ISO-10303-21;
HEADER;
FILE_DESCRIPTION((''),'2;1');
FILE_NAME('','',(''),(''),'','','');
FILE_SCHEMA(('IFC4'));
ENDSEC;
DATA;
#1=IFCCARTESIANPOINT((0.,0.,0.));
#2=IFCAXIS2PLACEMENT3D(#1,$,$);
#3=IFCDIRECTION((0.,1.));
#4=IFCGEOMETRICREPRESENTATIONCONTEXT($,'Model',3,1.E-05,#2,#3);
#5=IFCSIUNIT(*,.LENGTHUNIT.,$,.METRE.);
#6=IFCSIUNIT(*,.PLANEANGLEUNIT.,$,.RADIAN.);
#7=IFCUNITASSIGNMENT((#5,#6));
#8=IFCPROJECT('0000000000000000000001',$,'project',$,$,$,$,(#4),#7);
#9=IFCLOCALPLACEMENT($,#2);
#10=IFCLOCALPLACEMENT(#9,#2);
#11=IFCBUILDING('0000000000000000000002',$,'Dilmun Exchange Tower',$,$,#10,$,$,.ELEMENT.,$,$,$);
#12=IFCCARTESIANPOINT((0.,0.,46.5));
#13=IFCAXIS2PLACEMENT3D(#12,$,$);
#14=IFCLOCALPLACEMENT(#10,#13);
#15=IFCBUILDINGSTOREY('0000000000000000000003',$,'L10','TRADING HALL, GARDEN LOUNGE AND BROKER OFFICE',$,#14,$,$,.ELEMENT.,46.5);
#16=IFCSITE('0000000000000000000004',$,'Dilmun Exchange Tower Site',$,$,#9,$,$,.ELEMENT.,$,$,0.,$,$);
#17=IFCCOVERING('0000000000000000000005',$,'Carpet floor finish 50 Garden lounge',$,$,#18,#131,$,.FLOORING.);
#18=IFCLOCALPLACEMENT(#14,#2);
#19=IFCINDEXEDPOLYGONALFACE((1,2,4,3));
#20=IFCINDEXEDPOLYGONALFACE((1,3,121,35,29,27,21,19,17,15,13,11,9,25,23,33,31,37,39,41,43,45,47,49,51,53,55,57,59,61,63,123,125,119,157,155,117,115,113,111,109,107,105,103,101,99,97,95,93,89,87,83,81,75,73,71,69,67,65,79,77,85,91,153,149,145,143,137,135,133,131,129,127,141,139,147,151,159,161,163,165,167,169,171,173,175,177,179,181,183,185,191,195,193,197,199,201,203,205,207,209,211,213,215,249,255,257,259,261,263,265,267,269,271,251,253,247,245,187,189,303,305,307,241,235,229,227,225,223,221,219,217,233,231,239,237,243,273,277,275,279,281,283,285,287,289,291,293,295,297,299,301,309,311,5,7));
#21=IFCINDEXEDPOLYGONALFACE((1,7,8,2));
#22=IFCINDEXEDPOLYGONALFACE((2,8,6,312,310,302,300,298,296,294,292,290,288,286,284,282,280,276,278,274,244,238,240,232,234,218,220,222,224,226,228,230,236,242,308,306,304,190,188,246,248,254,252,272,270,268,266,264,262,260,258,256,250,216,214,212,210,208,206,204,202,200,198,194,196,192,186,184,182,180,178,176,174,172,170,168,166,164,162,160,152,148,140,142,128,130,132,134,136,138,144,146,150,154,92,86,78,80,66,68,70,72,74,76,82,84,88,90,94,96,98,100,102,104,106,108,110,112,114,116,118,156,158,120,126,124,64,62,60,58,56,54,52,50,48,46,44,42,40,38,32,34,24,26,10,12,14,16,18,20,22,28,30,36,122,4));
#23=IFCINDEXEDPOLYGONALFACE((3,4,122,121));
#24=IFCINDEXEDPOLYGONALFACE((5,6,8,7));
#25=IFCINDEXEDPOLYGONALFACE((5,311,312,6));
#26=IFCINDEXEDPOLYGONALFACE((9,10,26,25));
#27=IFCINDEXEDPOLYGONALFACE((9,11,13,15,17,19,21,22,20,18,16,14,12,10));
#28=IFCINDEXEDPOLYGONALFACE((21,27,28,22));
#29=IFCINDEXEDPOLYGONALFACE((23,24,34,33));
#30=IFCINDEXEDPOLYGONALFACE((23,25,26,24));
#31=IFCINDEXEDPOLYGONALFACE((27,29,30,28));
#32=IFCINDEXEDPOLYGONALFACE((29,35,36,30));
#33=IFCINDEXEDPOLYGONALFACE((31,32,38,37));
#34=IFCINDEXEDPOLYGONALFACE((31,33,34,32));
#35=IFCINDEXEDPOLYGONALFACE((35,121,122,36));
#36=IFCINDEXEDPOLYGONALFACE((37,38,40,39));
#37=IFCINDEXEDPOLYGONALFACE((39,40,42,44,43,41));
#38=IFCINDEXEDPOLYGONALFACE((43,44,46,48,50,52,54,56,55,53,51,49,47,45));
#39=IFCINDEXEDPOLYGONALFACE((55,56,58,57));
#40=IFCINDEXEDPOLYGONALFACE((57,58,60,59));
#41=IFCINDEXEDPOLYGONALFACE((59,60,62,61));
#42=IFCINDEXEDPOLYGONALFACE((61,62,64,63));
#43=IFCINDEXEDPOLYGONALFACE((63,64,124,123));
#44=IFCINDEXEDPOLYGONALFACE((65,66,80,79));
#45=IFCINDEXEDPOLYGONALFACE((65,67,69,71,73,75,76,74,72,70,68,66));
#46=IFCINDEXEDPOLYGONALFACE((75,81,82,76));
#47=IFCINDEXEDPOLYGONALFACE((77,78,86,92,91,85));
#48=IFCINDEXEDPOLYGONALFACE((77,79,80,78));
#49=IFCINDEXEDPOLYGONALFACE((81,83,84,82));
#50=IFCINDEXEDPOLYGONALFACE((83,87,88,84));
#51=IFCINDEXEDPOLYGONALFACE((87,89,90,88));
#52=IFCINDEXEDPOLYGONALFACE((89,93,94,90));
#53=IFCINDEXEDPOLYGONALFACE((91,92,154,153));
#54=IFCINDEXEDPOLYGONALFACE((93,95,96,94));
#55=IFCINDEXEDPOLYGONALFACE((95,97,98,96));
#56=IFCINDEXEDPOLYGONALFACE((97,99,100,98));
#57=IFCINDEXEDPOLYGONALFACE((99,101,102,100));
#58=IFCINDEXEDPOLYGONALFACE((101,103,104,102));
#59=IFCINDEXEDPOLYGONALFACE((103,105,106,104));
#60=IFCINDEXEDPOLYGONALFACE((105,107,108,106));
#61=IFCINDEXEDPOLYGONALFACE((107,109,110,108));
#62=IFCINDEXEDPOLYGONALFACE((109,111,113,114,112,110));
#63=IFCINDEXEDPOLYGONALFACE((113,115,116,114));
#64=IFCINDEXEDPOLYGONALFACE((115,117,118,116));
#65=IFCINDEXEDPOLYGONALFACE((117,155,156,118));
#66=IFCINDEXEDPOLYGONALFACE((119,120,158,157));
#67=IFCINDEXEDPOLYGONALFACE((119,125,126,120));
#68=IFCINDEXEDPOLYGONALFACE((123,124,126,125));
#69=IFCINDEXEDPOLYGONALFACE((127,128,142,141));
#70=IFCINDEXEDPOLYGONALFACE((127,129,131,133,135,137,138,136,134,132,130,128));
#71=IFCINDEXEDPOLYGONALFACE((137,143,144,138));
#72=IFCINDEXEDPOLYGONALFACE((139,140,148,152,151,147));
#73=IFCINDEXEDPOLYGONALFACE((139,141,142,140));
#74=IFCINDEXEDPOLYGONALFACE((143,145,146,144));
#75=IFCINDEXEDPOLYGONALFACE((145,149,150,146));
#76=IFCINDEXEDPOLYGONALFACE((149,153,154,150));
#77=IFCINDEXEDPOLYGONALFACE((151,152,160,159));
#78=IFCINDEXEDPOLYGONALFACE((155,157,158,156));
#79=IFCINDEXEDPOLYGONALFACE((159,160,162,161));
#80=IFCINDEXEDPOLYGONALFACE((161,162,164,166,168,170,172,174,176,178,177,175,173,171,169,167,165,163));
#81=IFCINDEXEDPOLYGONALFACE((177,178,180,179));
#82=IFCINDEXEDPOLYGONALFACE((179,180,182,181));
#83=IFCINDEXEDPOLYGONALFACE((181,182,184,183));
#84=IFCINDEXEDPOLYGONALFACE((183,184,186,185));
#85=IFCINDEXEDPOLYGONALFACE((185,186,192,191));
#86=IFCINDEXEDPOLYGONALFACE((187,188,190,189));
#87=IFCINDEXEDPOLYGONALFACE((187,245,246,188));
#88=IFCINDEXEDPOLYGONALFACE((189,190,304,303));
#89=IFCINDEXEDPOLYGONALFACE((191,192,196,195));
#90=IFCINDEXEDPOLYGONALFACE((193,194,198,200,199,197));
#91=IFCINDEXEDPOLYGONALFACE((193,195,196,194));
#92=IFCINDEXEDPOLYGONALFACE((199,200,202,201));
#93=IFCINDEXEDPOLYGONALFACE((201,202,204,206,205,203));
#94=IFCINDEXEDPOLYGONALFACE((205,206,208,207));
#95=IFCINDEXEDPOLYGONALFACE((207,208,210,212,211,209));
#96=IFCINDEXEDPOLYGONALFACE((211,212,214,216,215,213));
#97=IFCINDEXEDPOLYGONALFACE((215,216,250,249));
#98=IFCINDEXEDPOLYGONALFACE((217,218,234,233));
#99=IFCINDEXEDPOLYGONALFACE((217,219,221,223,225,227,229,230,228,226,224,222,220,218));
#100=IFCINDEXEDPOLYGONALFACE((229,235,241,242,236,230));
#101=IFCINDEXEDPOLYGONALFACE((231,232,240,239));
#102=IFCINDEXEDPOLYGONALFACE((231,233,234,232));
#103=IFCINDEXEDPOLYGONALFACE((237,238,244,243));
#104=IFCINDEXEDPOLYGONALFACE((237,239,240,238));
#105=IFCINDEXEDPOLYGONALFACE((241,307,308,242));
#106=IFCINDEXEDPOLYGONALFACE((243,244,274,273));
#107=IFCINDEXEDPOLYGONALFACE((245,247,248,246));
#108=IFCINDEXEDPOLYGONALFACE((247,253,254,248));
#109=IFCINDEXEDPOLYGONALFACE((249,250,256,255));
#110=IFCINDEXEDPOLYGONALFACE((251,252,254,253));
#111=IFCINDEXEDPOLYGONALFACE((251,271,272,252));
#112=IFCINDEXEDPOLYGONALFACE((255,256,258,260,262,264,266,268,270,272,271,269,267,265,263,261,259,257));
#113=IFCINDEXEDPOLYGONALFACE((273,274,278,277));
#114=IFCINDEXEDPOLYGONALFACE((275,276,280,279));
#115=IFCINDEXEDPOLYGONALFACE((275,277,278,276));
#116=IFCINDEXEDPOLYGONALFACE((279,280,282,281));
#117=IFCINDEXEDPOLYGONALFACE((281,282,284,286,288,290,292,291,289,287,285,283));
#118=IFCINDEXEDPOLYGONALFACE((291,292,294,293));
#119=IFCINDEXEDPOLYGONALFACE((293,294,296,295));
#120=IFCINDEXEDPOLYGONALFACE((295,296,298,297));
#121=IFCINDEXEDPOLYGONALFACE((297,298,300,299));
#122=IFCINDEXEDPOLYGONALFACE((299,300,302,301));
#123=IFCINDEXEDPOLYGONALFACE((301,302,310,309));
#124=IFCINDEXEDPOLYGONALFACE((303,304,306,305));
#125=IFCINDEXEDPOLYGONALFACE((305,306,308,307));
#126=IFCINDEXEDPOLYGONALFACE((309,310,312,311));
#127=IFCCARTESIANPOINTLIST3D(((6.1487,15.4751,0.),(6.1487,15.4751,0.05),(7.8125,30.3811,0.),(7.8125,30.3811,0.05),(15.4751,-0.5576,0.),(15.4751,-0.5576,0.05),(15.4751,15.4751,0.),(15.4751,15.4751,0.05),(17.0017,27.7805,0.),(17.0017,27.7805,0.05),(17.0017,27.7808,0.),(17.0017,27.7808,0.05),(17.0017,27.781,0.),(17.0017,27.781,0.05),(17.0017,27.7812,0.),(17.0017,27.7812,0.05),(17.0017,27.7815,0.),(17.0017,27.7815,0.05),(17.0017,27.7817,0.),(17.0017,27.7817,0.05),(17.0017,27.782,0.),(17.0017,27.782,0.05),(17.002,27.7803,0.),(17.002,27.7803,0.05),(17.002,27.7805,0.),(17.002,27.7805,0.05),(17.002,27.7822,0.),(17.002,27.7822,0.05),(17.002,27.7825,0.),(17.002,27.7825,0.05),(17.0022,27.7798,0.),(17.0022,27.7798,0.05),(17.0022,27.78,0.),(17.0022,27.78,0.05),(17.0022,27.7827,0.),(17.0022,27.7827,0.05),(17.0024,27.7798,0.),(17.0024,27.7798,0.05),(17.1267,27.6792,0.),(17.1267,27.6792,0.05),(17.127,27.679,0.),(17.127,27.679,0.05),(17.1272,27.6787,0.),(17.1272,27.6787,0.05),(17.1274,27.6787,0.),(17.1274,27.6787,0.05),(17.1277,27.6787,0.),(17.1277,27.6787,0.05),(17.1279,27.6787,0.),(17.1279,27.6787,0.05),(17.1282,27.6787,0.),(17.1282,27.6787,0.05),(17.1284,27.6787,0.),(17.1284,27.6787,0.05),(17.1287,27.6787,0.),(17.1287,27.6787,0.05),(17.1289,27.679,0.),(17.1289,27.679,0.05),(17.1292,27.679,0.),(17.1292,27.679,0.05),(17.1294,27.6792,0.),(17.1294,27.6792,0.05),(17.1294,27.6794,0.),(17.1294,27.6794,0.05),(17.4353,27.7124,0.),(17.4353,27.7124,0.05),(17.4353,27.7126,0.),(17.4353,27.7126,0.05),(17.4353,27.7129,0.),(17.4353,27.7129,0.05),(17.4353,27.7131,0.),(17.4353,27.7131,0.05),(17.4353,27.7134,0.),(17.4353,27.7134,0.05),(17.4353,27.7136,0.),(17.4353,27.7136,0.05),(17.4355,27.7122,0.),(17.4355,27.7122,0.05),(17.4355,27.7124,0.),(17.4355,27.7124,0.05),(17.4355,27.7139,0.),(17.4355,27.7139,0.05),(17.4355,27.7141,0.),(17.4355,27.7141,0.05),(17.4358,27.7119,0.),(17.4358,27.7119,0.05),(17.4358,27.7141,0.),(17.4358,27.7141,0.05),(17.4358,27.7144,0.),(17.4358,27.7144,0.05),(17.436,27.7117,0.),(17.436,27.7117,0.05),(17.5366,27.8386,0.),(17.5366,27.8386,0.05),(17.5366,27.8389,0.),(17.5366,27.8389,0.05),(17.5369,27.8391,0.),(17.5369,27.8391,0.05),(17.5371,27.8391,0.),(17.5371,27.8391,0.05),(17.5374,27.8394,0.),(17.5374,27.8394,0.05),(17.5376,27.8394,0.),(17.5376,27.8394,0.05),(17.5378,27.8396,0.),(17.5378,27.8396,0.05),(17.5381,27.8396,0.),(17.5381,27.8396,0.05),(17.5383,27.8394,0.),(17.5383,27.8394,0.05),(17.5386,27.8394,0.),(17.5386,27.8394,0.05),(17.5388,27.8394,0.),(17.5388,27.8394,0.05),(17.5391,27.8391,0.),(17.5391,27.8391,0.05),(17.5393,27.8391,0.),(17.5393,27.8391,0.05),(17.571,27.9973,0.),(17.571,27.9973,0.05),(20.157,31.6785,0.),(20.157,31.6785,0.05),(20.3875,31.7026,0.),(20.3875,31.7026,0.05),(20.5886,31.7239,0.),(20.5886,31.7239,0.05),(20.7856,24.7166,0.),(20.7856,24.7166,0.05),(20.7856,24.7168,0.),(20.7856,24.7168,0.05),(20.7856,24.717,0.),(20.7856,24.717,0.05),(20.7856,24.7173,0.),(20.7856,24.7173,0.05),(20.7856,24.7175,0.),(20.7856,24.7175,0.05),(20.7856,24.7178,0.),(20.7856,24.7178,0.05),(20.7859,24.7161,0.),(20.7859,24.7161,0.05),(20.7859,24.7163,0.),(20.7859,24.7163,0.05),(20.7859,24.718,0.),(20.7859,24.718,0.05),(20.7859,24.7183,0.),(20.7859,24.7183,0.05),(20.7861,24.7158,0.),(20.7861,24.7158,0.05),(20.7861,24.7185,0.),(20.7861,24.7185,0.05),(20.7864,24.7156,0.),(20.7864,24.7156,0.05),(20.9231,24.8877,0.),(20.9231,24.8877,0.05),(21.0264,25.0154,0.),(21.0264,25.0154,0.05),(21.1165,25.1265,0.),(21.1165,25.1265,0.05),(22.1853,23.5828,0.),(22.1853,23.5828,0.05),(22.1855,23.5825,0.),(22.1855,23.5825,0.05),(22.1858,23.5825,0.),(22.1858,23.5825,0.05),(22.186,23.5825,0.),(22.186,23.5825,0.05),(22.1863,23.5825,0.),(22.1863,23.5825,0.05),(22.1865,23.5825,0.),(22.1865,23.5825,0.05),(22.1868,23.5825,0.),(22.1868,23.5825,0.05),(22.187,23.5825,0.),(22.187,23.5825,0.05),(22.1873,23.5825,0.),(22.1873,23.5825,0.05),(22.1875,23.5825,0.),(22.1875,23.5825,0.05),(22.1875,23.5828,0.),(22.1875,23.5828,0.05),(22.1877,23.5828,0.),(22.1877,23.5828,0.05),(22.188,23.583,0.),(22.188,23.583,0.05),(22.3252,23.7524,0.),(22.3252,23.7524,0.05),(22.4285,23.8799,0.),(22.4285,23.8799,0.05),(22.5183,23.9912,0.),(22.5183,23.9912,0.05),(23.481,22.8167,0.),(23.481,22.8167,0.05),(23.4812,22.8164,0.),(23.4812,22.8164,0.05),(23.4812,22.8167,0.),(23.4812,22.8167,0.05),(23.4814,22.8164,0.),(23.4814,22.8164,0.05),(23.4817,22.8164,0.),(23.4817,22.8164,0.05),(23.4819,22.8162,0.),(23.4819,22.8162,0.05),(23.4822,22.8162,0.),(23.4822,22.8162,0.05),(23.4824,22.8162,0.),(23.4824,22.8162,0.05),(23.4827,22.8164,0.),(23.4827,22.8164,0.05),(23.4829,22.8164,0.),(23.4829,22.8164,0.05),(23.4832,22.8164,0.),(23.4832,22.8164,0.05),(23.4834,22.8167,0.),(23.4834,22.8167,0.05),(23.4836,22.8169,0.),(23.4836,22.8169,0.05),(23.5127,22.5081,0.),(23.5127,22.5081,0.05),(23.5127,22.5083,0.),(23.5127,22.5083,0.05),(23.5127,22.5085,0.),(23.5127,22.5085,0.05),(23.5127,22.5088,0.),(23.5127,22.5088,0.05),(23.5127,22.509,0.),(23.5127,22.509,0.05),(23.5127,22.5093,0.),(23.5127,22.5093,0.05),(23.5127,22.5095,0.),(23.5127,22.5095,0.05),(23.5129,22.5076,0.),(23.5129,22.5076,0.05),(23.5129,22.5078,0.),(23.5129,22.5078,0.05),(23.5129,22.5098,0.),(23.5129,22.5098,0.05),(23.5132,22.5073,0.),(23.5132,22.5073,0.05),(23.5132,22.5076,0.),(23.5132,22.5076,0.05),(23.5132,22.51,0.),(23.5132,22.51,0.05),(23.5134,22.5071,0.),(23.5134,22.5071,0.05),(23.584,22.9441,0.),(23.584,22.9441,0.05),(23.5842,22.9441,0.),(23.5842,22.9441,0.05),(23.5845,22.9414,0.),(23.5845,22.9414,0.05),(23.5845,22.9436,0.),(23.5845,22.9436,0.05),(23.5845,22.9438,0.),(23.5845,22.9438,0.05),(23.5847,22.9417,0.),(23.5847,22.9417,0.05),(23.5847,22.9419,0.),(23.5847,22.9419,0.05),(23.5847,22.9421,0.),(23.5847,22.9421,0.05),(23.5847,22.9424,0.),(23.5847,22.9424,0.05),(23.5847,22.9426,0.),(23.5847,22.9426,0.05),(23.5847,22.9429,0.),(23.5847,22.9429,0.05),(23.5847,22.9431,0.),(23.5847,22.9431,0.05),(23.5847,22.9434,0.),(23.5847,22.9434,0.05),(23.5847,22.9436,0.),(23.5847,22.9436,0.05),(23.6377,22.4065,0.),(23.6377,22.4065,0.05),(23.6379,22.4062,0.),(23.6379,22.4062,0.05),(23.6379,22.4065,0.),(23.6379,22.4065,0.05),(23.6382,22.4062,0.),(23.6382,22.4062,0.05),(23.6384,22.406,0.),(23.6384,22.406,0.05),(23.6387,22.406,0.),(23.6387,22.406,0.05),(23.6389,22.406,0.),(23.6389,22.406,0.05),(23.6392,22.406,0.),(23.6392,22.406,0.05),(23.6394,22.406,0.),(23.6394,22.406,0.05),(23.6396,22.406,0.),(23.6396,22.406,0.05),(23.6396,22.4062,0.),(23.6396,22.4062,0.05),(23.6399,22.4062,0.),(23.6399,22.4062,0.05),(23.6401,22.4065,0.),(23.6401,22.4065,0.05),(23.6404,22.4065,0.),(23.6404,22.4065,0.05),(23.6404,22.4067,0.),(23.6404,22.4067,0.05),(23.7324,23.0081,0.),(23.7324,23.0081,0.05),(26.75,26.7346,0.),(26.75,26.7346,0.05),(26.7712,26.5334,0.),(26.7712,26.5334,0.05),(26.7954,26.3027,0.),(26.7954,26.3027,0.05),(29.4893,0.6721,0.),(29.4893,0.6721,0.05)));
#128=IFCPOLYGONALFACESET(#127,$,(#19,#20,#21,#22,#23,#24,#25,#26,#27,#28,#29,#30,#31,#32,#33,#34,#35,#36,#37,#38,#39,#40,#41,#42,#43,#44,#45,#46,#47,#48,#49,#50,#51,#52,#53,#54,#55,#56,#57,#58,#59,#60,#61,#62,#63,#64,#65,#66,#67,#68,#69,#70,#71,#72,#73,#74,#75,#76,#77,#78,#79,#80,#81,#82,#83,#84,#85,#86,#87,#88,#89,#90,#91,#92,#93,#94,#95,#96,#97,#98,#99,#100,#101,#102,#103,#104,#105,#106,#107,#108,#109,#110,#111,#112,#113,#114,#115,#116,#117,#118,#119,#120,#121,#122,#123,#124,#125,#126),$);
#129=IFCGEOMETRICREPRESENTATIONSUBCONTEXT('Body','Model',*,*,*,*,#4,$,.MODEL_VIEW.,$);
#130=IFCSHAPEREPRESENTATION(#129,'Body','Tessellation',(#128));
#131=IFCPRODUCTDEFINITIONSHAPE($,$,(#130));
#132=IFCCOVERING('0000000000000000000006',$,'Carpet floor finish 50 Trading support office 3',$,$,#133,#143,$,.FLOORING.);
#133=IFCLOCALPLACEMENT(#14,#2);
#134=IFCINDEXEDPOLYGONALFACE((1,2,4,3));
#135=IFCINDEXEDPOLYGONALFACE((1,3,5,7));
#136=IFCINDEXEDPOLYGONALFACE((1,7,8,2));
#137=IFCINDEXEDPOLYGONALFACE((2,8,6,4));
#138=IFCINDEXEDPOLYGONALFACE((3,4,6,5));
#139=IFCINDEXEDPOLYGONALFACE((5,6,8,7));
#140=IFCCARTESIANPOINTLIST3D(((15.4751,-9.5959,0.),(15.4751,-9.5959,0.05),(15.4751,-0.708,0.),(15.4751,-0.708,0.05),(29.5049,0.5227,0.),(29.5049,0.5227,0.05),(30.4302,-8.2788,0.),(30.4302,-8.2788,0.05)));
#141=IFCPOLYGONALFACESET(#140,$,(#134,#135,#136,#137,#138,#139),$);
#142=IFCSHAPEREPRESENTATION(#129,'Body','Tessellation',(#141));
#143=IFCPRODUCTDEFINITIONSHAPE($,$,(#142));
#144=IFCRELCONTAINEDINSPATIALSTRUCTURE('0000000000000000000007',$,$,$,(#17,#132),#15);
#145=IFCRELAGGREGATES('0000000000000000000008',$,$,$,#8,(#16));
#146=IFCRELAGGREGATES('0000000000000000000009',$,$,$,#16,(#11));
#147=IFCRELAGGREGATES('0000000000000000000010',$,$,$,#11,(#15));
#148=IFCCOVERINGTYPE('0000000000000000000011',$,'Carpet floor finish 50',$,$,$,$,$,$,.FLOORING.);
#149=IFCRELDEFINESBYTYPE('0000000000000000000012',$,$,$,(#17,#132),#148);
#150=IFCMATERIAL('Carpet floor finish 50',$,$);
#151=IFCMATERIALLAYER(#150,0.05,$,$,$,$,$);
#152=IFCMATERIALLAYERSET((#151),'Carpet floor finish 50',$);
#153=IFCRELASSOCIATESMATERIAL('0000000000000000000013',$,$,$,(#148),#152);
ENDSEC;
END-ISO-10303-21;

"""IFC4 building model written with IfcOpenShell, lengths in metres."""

from ifc_helpers import new_model, si_unit, direction, frame, origin, place, context, subcontext, project, spatial, polyline, outline, extrude, material, layer, layer_set, type_object, element, save


model = new_model("IFC4")

# Units and contexts
model_context = context("Model", 3, precision=1e-05, world=origin(), true_north=direction((0.0, 1.0)))
body_context = subcontext(model_context, "Body", "Model", "MODEL_VIEW")
ifc_project = project(units=[si_unit("LENGTHUNIT", "METRE"), si_unit("PLANEANGLEUNIT", "RADIAN")], contexts=[model_context])

# Site, building, storey
site_placement = place(None, origin())
site = spatial("IfcSite", under=ifc_project, at=site_placement, Name="Dilmun Exchange Tower Site", CompositionType="ELEMENT", RefElevation=0.0)
building_placement = place(site_placement, origin())
building = spatial("IfcBuilding", under=site, at=building_placement, Name="Dilmun Exchange Tower", CompositionType="ELEMENT")
storey_placement = place(building_placement, frame((0.0, 0.0, 46.5)))
storey = spatial("IfcBuildingStorey", under=building, at=storey_placement, Name="L10", Description="TRADING HALL, GARDEN LOUNGE AND BROKER OFFICE", CompositionType="ELEMENT", Elevation=46.5)

# Coverings
ifc_material_1 = material(Name="Carpet floor finish 50")
ifc_layer_1 = layer(ifc_material_1, 0.05)
ifc_layer_set_1 = layer_set([ifc_layer_1], Name="Carpet floor finish 50")
covering_type_1 = type_object("IfcCoveringType", Name="Carpet floor finish 50", PredefinedType="FLOORING", material=ifc_layer_set_1)
covering_1_placement = place(storey_placement, origin())
element("IfcCovering", 1, at=covering_1_placement, inside=storey, type_object=covering_type_1, Name="Carpet floor finish 50 Garden lounge", PredefinedType="FLOORING", context=body_context, shape_type="SweptSolid", body=[
    extrude(outline(polyline([(17.571, 27.9973), (21.1165, 25.1265), (21.0264, 25.0154), (17.5393, 27.8391), (17.5391, 27.8391), (17.5391, 27.8391), (17.5388, 27.8394), (17.5386, 27.8394), (17.5383, 27.8394), (17.5381, 27.8396), (17.5381, 27.8396), (17.5378, 27.8396), (17.5376, 27.8394), (17.5376, 27.8394), (17.5374, 27.8394), (17.5371, 27.8391), (17.5369, 27.8391), (17.5369, 27.8391), (17.5366, 27.8389), (17.5366, 27.8386), (17.4358, 27.7144), (17.4358, 27.7141), (17.4355, 27.7141), (17.4355, 27.7139), (17.4353, 27.7136), (17.4353, 27.7134), (17.4353, 27.7134), (17.4353, 27.7131), (17.4353, 27.7129), (17.4353, 27.7126), (17.4353, 27.7124), (17.4355, 27.7124), (17.4355, 27.7122), (17.4358, 27.7119), (17.4358, 27.7119), (17.436, 27.7117), (17.436, 27.7117), (20.9231, 24.8877), (20.7861, 24.7185), (20.7859, 24.7183), (20.7859, 24.718), (20.7859, 24.718), (20.7856, 24.7178), (20.7856, 24.7175), (20.7856, 24.7173), (20.7856, 24.717), (20.7856, 24.7168), (20.7856, 24.7168), (20.7856, 24.7166), (20.7859, 24.7163), (20.7859, 24.7163), (20.7859, 24.7161), (20.7861, 24.7158), (20.7861, 24.7158), (20.7864, 24.7156), (22.1853, 23.5828), (22.1853, 23.5828), (22.1855, 23.5825), (22.1858, 23.5825), (22.1858, 23.5825), (22.186, 23.5825), (22.1863, 23.5825), (22.1865, 23.5825), (22.1868, 23.5825), (22.187, 23.5825), (22.187, 23.5825), (22.1873, 23.5825), (22.1875, 23.5825), (22.1875, 23.5828), (22.1877, 23.5828), (22.188, 23.583), (22.188, 23.583), (22.3252, 23.7524), (23.481, 22.8167), (23.4812, 22.8167), (23.4812, 22.8164), (23.4814, 22.8164), (23.4817, 22.8164), (23.4817, 22.8164), (23.4819, 22.8162), (23.4822, 22.8162), (23.4824, 22.8162), (23.4827, 22.8164), (23.4827, 22.8164), (23.4829, 22.8164), (23.4832, 22.8164), (23.4834, 22.8167), (23.4834, 22.8167), (23.4836, 22.8169), (23.4836, 22.8169), (23.5845, 22.9414), (23.5845, 22.9414), (23.5847, 22.9417), (23.5847, 22.9419), (23.5847, 22.9419), (23.5847, 22.9421), (23.5847, 22.9424), (23.5847, 22.9426), (23.5847, 22.9429), (23.5847, 22.9431), (23.5847, 22.9431), (23.5847, 22.9434), (23.5847, 22.9436), (23.5845, 22.9436), (23.5845, 22.9438), (23.5842, 22.9441), (23.584, 22.9441), (22.4285, 23.8799), (22.5183, 23.9912), (23.7324, 23.0081), (26.75, 26.7346), (26.7712, 26.5334), (23.5132, 22.51), (23.5129, 22.5098), (23.5129, 22.5098), (23.5127, 22.5095), (23.5127, 22.5093), (23.5127, 22.509), (23.5127, 22.5088), (23.5127, 22.5088), (23.5127, 22.5085), (23.5127, 22.5083), (23.5127, 22.5083), (23.5127, 22.5081), (23.5129, 22.5078), (23.5129, 22.5076), (23.5132, 22.5076), (23.5132, 22.5073), (23.5134, 22.5071), (23.6377, 22.4065), (23.6379, 22.4065), (23.6379, 22.4062), (23.6382, 22.4062), (23.6384, 22.406), (23.6387, 22.406), (23.6389, 22.406), (23.6389, 22.406), (23.6392, 22.406), (23.6394, 22.406), (23.6396, 22.406), (23.6396, 22.4062), (23.6399, 22.4062), (23.6401, 22.4065), (23.6404, 22.4065), (23.6404, 22.4065), (23.6404, 22.4067), (26.7954, 26.3027), (29.4893, 0.6721), (15.4751, -0.5576), (15.4751, 15.4751), (6.1487, 15.4751), (7.8125, 30.3811), (20.157, 31.6785), (17.0022, 27.7827), (17.002, 27.7825), (17.002, 27.7822), (17.0017, 27.782), (17.0017, 27.782), (17.0017, 27.7817), (17.0017, 27.7815), (17.0017, 27.7812), (17.0017, 27.781), (17.0017, 27.781), (17.0017, 27.7808), (17.0017, 27.7805), (17.002, 27.7805), (17.002, 27.7803), (17.0022, 27.78), (17.0022, 27.7798), (17.0024, 27.7798), (17.1267, 27.6792), (17.127, 27.679), (17.127, 27.679), (17.1272, 27.6787), (17.1274, 27.6787), (17.1277, 27.6787), (17.1277, 27.6787), (17.1279, 27.6787), (17.1282, 27.6787), (17.1284, 27.6787), (17.1287, 27.6787), (17.1287, 27.6787), (17.1289, 27.679), (17.1292, 27.679), (17.1294, 27.6792), (17.1294, 27.6792), (17.1294, 27.6794), (20.3875, 31.7026), (20.5886, 31.7239), (17.571, 27.9973)])), origin(), (0.0, 0.0, 1.0), 0.05),
])
covering_2_placement = place(storey_placement, origin())
element("IfcCovering", 2, at=covering_2_placement, inside=storey, type_object=covering_type_1, Name="Carpet floor finish 50 Trading support office 3", PredefinedType="FLOORING", context=body_context, shape_type="SweptSolid", body=[
    extrude(outline(polyline([(15.4751, -9.5959), (15.4751, -0.708), (29.5049, 0.5227), (30.4302, -8.2788), (15.4751, -9.5959)])), origin(), (0.0, 0.0, 1.0), 0.05),
])

save(model, "model.ifc")
